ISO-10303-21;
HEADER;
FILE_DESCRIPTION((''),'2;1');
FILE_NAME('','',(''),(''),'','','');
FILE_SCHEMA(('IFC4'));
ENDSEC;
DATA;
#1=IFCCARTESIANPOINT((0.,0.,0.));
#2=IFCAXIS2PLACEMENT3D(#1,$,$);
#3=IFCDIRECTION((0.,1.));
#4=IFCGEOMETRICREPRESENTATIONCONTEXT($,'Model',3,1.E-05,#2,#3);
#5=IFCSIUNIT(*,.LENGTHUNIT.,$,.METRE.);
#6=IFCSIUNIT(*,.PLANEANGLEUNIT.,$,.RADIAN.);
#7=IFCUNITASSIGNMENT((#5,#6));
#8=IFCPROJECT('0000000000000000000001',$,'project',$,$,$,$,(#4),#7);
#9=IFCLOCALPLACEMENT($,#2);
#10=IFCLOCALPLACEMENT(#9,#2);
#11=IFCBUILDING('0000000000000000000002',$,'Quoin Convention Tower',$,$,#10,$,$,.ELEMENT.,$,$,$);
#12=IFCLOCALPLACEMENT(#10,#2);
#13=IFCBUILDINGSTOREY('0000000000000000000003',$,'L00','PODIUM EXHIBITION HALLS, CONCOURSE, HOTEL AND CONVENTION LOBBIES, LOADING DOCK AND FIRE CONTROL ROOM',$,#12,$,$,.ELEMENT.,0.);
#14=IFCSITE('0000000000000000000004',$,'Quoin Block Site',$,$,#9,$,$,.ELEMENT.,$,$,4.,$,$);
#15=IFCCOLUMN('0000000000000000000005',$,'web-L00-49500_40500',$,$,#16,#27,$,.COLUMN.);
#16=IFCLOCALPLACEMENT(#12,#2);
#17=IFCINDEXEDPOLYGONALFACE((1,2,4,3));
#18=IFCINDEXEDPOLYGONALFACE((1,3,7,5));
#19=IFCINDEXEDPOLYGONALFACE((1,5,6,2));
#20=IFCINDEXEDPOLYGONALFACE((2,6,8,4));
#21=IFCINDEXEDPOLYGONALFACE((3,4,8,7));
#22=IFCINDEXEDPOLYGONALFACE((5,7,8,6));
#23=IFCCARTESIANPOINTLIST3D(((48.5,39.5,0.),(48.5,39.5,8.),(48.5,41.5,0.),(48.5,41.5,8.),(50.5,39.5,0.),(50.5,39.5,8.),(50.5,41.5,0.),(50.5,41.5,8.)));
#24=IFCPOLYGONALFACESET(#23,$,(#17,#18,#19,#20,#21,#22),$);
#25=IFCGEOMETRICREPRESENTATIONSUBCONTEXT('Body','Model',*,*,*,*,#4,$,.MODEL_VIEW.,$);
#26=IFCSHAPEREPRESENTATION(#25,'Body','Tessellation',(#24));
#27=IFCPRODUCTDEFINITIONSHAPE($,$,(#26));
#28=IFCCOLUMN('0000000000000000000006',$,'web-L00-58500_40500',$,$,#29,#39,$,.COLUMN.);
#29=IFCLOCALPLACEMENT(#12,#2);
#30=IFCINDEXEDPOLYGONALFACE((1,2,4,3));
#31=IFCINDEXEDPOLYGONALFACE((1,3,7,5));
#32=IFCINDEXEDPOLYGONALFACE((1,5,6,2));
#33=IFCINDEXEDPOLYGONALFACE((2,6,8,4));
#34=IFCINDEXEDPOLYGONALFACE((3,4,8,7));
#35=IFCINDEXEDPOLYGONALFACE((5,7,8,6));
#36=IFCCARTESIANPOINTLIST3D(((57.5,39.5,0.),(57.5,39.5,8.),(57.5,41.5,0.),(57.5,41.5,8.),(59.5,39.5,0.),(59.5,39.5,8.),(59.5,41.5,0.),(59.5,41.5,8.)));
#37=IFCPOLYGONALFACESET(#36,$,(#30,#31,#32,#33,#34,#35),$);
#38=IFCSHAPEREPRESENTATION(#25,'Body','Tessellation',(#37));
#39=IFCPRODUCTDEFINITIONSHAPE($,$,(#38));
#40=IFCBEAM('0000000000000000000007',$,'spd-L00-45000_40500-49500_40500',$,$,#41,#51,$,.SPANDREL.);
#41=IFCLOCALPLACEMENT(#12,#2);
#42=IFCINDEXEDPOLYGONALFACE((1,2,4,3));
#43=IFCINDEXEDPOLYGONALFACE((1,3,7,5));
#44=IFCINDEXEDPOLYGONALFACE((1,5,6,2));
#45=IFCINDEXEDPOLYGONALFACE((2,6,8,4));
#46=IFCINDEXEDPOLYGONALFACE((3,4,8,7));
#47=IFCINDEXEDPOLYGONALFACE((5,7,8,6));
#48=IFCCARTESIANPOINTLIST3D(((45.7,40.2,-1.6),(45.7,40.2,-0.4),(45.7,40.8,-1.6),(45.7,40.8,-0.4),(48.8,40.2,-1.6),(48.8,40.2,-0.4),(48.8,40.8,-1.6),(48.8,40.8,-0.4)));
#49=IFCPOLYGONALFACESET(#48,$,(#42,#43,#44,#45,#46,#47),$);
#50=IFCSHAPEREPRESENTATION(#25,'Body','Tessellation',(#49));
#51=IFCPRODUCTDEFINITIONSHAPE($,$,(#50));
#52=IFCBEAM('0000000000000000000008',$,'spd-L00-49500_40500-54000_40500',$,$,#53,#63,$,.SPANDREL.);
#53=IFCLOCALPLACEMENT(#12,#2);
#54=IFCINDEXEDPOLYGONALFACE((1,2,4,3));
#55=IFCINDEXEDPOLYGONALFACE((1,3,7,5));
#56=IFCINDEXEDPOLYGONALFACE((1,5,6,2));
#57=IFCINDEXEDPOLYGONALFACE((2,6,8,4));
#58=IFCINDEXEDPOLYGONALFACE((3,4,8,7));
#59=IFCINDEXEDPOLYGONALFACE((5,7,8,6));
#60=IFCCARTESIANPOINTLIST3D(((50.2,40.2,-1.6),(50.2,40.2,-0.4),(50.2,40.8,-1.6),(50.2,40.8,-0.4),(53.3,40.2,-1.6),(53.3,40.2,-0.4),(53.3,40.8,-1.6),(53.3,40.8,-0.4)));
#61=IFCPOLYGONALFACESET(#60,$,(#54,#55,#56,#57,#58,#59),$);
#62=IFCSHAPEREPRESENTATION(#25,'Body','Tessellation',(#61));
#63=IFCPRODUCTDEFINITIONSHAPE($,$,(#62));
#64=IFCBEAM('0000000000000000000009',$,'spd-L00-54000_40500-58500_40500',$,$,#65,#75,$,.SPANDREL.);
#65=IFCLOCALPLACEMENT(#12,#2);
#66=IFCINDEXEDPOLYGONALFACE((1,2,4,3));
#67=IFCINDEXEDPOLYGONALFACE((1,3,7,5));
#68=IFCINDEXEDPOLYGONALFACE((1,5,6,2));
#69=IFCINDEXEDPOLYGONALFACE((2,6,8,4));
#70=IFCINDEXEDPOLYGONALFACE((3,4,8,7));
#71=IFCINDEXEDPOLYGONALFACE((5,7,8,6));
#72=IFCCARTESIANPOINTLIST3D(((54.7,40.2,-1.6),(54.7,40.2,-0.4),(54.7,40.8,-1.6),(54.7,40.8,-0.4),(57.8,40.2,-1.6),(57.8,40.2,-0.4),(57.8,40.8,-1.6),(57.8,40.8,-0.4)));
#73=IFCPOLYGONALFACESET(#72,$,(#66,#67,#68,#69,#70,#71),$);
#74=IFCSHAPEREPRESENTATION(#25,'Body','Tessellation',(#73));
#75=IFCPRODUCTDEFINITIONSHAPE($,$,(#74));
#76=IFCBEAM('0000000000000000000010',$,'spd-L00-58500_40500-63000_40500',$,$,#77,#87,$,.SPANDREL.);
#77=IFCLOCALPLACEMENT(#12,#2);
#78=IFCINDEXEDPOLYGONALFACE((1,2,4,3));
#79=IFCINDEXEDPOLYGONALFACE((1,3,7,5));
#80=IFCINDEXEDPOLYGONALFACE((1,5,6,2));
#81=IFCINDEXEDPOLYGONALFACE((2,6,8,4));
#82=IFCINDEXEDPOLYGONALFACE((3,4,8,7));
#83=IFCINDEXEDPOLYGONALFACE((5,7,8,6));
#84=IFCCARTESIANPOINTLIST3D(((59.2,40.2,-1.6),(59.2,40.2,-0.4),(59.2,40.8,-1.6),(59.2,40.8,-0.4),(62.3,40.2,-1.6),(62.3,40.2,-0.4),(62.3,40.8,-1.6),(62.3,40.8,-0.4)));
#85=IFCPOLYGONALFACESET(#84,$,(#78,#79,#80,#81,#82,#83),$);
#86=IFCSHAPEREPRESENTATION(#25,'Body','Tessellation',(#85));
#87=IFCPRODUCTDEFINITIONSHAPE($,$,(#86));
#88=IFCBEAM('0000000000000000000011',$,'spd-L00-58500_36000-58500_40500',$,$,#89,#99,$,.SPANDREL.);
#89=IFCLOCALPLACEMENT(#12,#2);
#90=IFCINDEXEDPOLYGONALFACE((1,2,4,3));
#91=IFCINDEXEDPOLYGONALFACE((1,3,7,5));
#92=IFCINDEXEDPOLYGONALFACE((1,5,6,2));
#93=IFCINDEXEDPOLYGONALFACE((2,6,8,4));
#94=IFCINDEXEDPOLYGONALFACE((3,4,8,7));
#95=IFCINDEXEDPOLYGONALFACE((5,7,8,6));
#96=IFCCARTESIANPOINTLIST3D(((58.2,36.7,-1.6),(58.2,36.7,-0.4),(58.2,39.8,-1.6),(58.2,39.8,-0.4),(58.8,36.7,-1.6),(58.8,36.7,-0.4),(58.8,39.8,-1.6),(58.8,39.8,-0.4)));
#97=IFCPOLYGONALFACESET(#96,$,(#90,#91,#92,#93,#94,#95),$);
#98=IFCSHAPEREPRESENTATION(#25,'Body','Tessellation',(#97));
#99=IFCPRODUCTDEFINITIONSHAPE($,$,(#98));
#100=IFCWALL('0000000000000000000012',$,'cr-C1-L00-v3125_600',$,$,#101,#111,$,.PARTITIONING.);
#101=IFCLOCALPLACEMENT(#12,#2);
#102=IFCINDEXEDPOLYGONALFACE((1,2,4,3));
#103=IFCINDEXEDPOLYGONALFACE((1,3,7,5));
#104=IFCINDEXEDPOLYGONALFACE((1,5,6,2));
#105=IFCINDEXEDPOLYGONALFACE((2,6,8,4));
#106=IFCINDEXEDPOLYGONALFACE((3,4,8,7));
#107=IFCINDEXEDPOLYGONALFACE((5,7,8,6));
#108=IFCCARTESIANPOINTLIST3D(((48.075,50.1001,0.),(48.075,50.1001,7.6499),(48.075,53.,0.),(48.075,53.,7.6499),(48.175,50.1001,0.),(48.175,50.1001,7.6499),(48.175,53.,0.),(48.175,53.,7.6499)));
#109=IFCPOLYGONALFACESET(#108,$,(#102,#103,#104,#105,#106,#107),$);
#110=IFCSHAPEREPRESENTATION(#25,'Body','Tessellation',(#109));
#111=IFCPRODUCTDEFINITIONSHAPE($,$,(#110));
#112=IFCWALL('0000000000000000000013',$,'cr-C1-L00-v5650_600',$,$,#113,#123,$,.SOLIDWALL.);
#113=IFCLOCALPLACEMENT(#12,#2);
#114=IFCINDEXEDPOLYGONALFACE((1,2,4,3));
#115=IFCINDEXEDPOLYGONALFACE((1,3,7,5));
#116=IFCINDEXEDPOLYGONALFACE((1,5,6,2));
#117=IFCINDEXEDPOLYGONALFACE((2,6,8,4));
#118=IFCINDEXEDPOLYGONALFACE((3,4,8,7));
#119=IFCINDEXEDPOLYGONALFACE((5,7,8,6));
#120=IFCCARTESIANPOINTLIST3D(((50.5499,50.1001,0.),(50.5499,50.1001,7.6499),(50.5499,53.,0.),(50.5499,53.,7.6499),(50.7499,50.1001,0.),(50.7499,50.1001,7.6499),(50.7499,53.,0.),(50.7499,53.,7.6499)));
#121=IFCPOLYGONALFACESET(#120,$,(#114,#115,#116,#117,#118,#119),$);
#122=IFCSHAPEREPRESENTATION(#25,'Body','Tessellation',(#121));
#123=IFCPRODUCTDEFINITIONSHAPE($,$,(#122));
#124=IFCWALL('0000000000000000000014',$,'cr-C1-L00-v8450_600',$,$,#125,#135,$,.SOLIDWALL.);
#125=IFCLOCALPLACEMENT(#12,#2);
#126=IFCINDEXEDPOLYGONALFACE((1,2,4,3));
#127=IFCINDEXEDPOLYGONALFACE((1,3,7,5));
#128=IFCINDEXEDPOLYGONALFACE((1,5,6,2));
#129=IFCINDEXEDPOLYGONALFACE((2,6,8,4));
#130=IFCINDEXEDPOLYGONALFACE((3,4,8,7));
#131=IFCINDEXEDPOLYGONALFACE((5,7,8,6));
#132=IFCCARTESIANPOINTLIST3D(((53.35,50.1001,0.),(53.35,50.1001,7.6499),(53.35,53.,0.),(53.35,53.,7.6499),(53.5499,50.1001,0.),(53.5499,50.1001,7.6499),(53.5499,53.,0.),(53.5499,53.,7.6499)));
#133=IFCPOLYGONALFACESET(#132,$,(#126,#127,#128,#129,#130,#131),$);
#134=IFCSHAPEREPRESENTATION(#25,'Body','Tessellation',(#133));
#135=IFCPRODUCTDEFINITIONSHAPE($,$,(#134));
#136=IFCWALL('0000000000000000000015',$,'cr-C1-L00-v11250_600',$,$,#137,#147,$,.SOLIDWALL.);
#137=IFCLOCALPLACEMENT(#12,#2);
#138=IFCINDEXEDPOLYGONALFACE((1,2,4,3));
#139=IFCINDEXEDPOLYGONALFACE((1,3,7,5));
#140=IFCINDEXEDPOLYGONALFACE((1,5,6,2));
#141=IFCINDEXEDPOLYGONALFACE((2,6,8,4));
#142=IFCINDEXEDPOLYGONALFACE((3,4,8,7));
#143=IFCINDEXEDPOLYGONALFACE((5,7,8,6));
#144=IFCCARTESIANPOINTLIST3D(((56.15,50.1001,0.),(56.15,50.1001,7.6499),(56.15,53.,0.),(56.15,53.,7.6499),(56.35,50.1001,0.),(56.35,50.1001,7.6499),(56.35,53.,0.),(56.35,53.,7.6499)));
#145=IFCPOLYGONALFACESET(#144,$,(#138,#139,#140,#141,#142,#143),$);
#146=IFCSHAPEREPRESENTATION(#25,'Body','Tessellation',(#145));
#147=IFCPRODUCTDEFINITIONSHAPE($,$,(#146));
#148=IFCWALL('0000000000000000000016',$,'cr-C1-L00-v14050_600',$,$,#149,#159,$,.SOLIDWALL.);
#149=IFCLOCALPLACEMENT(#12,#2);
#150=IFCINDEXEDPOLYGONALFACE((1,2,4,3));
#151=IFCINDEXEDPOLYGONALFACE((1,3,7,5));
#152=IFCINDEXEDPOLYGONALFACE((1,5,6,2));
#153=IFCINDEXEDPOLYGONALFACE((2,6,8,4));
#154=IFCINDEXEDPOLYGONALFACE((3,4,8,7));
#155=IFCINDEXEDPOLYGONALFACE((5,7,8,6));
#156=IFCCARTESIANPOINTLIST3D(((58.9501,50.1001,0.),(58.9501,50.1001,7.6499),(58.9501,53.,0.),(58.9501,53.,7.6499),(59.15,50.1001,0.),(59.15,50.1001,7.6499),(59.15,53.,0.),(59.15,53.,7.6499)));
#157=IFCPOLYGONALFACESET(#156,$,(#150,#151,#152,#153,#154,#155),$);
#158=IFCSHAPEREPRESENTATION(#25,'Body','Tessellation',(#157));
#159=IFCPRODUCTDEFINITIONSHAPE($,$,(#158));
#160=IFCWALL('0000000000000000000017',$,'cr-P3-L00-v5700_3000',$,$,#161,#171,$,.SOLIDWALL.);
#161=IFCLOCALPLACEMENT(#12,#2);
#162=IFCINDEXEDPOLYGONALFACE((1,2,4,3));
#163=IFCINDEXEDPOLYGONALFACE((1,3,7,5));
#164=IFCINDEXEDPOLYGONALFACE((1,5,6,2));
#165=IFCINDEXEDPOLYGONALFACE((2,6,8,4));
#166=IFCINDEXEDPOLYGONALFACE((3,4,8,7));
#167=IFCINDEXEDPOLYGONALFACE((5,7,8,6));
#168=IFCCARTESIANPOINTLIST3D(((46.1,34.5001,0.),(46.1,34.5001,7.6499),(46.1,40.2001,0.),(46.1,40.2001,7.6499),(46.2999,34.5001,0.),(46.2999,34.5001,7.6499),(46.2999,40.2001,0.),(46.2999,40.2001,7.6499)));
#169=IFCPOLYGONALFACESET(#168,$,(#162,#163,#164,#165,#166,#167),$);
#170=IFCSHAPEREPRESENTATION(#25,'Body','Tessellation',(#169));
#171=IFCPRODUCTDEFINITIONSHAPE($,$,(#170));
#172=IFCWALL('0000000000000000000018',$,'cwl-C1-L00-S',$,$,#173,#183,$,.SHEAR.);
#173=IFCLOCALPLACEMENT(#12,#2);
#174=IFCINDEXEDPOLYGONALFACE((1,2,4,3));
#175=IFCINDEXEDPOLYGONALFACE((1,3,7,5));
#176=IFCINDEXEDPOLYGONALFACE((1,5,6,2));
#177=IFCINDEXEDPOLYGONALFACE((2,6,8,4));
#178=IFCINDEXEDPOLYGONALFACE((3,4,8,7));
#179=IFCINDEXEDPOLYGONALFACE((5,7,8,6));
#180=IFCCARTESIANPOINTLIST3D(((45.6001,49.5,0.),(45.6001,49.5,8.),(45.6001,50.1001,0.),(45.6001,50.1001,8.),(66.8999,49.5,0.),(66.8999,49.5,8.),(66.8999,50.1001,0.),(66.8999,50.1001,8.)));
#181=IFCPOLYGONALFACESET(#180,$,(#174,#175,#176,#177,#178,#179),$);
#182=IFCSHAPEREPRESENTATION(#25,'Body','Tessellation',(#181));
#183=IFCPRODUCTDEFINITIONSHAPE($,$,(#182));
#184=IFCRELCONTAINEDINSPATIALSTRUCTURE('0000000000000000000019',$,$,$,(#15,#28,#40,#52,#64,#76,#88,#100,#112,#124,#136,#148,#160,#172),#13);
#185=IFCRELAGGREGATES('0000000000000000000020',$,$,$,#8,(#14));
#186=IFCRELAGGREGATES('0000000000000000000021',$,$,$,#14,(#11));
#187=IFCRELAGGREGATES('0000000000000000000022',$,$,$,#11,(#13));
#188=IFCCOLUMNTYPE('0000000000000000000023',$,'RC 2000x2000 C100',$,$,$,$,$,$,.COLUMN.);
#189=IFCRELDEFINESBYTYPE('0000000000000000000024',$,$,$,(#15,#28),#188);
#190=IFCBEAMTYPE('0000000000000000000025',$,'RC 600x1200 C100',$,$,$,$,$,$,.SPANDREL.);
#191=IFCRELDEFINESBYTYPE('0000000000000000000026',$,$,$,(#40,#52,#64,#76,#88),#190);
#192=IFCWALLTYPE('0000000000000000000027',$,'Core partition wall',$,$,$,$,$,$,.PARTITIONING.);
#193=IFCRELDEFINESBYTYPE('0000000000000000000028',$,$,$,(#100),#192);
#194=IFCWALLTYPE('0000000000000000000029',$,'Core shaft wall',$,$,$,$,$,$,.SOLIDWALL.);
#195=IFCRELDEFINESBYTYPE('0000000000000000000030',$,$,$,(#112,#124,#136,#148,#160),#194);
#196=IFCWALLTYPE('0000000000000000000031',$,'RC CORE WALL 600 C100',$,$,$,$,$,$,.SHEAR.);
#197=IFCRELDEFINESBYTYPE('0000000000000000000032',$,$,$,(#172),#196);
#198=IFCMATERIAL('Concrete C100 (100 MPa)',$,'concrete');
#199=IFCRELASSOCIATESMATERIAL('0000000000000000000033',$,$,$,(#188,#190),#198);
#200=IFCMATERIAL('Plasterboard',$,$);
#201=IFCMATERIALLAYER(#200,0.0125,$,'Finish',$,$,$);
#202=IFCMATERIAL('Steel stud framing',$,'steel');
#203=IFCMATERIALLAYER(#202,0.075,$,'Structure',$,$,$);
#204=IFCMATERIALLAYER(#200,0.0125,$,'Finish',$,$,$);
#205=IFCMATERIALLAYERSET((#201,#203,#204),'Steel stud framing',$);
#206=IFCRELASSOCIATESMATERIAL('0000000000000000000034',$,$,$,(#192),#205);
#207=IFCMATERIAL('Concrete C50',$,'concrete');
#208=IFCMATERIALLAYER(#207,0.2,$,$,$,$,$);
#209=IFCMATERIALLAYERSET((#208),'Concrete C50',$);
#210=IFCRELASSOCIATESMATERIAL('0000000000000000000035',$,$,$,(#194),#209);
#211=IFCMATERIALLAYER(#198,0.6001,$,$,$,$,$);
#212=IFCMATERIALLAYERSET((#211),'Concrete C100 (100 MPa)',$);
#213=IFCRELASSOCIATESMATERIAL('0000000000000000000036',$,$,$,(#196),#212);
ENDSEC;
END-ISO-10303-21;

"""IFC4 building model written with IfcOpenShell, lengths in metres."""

from ifc_helpers import new_model, si_unit, direction, frame, frame_2d, origin, origin_2d, place, context, subcontext, project, spatial, rectangle, extrude, material, layer, layer_set, material_profile, profile_set, type_object, element, save


model = new_model("IFC4")

# Units and contexts
model_context = context("Model", 3, precision=1e-05, world=origin(), true_north=direction((0.0, 1.0)))
body_context = subcontext(model_context, "Body", "Model", "MODEL_VIEW")
ifc_project = project(units=[si_unit("LENGTHUNIT", "METRE"), si_unit("PLANEANGLEUNIT", "RADIAN")], contexts=[model_context])

# Site, building, storey
site_placement = place(None, origin())
site = spatial("IfcSite", under=ifc_project, at=site_placement, Name="Quoin Block Site", CompositionType="ELEMENT", RefElevation=4.0)
building_placement = place(site_placement, origin())
building = spatial("IfcBuilding", under=site, at=building_placement, Name="Quoin Convention Tower", CompositionType="ELEMENT")
storey_placement = place(building_placement, origin())
storey = spatial("IfcBuildingStorey", under=building, at=storey_placement, Name="L00", Description="PODIUM EXHIBITION HALLS, CONCOURSE, HOTEL AND CONVENTION LOBBIES, LOADING DOCK AND FIRE CONTROL ROOM", CompositionType="ELEMENT", Elevation=0.0)

# Columns
ifc_material_1 = material(Name="Concrete C100 (100 MPa)", Category="concrete")
ifc_material_profile_1 = material_profile(ifc_material_1, rectangle(XDim=2.0, YDim=2.0, at=origin_2d()), Name="RC 2000x2000")
ifc_profile_set_1 = profile_set([ifc_material_profile_1], Name="Concrete C100 (100 MPa)")
column_type = type_object("IfcColumnType", Name="RC 2000x2000 C100", PredefinedType="COLUMN", material=ifc_profile_set_1)
for number, where, z_axis, x_axis, name in (
    (1, (49.5, 40.5, 0.0), (0.0, 0.0, 1.0), (1.0, 0.0, 0.0), "web-L00-49500_40500"),
    (2, (58.5, 40.5, 0.0), (0.0, 0.0, 1.0), (1.0, 0.0, 0.0), "web-L00-58500_40500"),
):
    element("IfcColumn", number, at=place(storey_placement, frame(where, z_axis=z_axis, x_axis=x_axis)), inside=storey, type_object=column_type, Name=name, PredefinedType="COLUMN", context=body_context, shape_type="SweptSolid", body=[
        extrude(rectangle(XDim=2.0, YDim=2.0, at=origin_2d()), origin(), (0.0, 0.0, 1.0), 8.0),
    ])

# Beams
ifc_material_profile_2 = material_profile(ifc_material_1, rectangle(XDim=0.6001, YDim=1.2, at=origin_2d()), Name="RC 600x1200")
ifc_profile_set_2 = profile_set([ifc_material_profile_2], Name="Concrete C100 (100 MPa)")
beam_type = type_object("IfcBeamType", Name="RC 600x1200 C100", PredefinedType="SPANDREL", material=ifc_profile_set_2)
for number, where, z_axis, x_axis, name in (
    (3, (45.7, 40.5, -1.0), (1.0, 0.0, 0.0), (0.0, 1.0, 0.0), "spd-L00-45000_40500-49500_40500"),
    (4, (50.2, 40.5, -1.0), (1.0, 0.0, 0.0), (0.0, 1.0, 0.0), "spd-L00-49500_40500-54000_40500"),
    (5, (54.7, 40.5, -1.0), (1.0, 0.0, 0.0), (0.0, 1.0, 0.0), "spd-L00-54000_40500-58500_40500"),
    (6, (59.2, 40.5, -1.0), (1.0, 0.0, 0.0), (0.0, 1.0, 0.0), "spd-L00-58500_40500-63000_40500"),
    (7, (58.5, 36.7, -1.0), (0.0, 1.0, 0.0), (-1.0, 0.0, 0.0), "spd-L00-58500_36000-58500_40500"),
):
    element("IfcBeam", number, at=place(storey_placement, frame(where, z_axis=z_axis, x_axis=x_axis)), inside=storey, type_object=beam_type, Name=name, PredefinedType="SPANDREL", context=body_context, shape_type="SweptSolid", body=[
        extrude(rectangle(XDim=0.6001, YDim=1.2, at=origin_2d()), origin(), (0.0, 0.0, 1.0), 3.1001),
    ])

# Walls
ifc_material_2 = material(Name="Plasterboard")
ifc_layer_1 = layer(ifc_material_2, 0.0125, Name="Finish")
ifc_material_3 = material(Name="Steel stud framing", Category="steel")
ifc_layer_2 = layer(ifc_material_3, 0.075, Name="Structure")
ifc_layer_3 = layer(ifc_material_2, 0.0125, Name="Finish")
ifc_layer_set_1 = layer_set([ifc_layer_1, ifc_layer_2, ifc_layer_3], Name="Steel stud framing")
wall_type_1 = type_object("IfcWallType", Name="Core partition wall", PredefinedType="PARTITIONING", material=ifc_layer_set_1)
wall_1_placement = place(storey_placement, frame((48.125, 50.1001, 0.0), z_axis=(0.0, 0.0, 1.0), x_axis=(0.0, 1.0, 0.0)))
element("IfcWall", 8, at=wall_1_placement, inside=storey, type_object=wall_type_1, Name="cr-C1-L00-v3125_600", PredefinedType="PARTITIONING", context=body_context, shape_type="SweptSolid", body=[
    extrude(rectangle(XDim=2.8999, YDim=0.1001, at=frame_2d((1.45, 0.0))), origin(), (0.0, 0.0, 1.0), 7.6499),
])
ifc_material_4 = material(Name="Concrete C50", Category="concrete")
ifc_layer_4 = layer(ifc_material_4, 0.2)
ifc_layer_set_2 = layer_set([ifc_layer_4], Name="Concrete C50")
wall_type_2 = type_object("IfcWallType", Name="Core shaft wall", PredefinedType="SOLIDWALL", material=ifc_layer_set_2)
for number, where, z_axis, x_axis, name in (
    (9, (50.6499, 50.1001, 0.0), (0.0, 0.0, 1.0), (0.0, 1.0, 0.0), "cr-C1-L00-v5650_600"),
    (10, (53.45, 50.1001, 0.0), (0.0, 0.0, 1.0), (0.0, 1.0, 0.0), "cr-C1-L00-v8450_600"),
    (11, (56.25, 50.1001, 0.0), (0.0, 0.0, 1.0), (0.0, 1.0, 0.0), "cr-C1-L00-v11250_600"),
    (12, (59.05, 50.1001, 0.0), (0.0, 0.0, 1.0), (0.0, 1.0, 0.0), "cr-C1-L00-v14050_600"),
):
    element("IfcWall", number, at=place(storey_placement, frame(where, z_axis=z_axis, x_axis=x_axis)), inside=storey, type_object=wall_type_2, Name=name, PredefinedType="SOLIDWALL", context=body_context, shape_type="SweptSolid", body=[
        extrude(rectangle(XDim=2.8999, YDim=0.2, at=frame_2d((1.45, 0.0))), origin(), (0.0, 0.0, 1.0), 7.6499),
    ])
wall_2_placement = place(storey_placement, frame((46.2, 34.5, 0.0), z_axis=(0.0, 0.0, 1.0), x_axis=(0.0, 1.0, 0.0)))
element("IfcWall", 13, at=wall_2_placement, inside=storey, type_object=wall_type_2, Name="cr-P3-L00-v5700_3000", PredefinedType="SOLIDWALL", context=body_context, shape_type="SweptSolid", body=[
    extrude(rectangle(XDim=5.7, YDim=0.2, at=frame_2d((2.8501, 0.0))), origin(), (0.0, 0.0, 1.0), 7.6499),
])
ifc_layer_5 = layer(ifc_material_1, 0.6001)
ifc_layer_set_3 = layer_set([ifc_layer_5], Name="Concrete C100 (100 MPa)")
wall_type_3 = type_object("IfcWallType", Name="RC CORE WALL 600 C100", PredefinedType="SHEAR", material=ifc_layer_set_3)
wall_3_placement = place(storey_placement, frame((45.6001, 49.8, 0.0), z_axis=(0.0, 0.0, 1.0), x_axis=(1.0, 0.0, 0.0)))
element("IfcWall", 14, at=wall_3_placement, inside=storey, type_object=wall_type_3, Name="cwl-C1-L00-S", PredefinedType="SHEAR", context=body_context, shape_type="SweptSolid", body=[
    extrude(rectangle(XDim=21.2998, YDim=0.6001, at=frame_2d((10.6499, 0.0))), origin(), (0.0, 0.0, 1.0), 8.0),
])

save(model, "model.ifc")
